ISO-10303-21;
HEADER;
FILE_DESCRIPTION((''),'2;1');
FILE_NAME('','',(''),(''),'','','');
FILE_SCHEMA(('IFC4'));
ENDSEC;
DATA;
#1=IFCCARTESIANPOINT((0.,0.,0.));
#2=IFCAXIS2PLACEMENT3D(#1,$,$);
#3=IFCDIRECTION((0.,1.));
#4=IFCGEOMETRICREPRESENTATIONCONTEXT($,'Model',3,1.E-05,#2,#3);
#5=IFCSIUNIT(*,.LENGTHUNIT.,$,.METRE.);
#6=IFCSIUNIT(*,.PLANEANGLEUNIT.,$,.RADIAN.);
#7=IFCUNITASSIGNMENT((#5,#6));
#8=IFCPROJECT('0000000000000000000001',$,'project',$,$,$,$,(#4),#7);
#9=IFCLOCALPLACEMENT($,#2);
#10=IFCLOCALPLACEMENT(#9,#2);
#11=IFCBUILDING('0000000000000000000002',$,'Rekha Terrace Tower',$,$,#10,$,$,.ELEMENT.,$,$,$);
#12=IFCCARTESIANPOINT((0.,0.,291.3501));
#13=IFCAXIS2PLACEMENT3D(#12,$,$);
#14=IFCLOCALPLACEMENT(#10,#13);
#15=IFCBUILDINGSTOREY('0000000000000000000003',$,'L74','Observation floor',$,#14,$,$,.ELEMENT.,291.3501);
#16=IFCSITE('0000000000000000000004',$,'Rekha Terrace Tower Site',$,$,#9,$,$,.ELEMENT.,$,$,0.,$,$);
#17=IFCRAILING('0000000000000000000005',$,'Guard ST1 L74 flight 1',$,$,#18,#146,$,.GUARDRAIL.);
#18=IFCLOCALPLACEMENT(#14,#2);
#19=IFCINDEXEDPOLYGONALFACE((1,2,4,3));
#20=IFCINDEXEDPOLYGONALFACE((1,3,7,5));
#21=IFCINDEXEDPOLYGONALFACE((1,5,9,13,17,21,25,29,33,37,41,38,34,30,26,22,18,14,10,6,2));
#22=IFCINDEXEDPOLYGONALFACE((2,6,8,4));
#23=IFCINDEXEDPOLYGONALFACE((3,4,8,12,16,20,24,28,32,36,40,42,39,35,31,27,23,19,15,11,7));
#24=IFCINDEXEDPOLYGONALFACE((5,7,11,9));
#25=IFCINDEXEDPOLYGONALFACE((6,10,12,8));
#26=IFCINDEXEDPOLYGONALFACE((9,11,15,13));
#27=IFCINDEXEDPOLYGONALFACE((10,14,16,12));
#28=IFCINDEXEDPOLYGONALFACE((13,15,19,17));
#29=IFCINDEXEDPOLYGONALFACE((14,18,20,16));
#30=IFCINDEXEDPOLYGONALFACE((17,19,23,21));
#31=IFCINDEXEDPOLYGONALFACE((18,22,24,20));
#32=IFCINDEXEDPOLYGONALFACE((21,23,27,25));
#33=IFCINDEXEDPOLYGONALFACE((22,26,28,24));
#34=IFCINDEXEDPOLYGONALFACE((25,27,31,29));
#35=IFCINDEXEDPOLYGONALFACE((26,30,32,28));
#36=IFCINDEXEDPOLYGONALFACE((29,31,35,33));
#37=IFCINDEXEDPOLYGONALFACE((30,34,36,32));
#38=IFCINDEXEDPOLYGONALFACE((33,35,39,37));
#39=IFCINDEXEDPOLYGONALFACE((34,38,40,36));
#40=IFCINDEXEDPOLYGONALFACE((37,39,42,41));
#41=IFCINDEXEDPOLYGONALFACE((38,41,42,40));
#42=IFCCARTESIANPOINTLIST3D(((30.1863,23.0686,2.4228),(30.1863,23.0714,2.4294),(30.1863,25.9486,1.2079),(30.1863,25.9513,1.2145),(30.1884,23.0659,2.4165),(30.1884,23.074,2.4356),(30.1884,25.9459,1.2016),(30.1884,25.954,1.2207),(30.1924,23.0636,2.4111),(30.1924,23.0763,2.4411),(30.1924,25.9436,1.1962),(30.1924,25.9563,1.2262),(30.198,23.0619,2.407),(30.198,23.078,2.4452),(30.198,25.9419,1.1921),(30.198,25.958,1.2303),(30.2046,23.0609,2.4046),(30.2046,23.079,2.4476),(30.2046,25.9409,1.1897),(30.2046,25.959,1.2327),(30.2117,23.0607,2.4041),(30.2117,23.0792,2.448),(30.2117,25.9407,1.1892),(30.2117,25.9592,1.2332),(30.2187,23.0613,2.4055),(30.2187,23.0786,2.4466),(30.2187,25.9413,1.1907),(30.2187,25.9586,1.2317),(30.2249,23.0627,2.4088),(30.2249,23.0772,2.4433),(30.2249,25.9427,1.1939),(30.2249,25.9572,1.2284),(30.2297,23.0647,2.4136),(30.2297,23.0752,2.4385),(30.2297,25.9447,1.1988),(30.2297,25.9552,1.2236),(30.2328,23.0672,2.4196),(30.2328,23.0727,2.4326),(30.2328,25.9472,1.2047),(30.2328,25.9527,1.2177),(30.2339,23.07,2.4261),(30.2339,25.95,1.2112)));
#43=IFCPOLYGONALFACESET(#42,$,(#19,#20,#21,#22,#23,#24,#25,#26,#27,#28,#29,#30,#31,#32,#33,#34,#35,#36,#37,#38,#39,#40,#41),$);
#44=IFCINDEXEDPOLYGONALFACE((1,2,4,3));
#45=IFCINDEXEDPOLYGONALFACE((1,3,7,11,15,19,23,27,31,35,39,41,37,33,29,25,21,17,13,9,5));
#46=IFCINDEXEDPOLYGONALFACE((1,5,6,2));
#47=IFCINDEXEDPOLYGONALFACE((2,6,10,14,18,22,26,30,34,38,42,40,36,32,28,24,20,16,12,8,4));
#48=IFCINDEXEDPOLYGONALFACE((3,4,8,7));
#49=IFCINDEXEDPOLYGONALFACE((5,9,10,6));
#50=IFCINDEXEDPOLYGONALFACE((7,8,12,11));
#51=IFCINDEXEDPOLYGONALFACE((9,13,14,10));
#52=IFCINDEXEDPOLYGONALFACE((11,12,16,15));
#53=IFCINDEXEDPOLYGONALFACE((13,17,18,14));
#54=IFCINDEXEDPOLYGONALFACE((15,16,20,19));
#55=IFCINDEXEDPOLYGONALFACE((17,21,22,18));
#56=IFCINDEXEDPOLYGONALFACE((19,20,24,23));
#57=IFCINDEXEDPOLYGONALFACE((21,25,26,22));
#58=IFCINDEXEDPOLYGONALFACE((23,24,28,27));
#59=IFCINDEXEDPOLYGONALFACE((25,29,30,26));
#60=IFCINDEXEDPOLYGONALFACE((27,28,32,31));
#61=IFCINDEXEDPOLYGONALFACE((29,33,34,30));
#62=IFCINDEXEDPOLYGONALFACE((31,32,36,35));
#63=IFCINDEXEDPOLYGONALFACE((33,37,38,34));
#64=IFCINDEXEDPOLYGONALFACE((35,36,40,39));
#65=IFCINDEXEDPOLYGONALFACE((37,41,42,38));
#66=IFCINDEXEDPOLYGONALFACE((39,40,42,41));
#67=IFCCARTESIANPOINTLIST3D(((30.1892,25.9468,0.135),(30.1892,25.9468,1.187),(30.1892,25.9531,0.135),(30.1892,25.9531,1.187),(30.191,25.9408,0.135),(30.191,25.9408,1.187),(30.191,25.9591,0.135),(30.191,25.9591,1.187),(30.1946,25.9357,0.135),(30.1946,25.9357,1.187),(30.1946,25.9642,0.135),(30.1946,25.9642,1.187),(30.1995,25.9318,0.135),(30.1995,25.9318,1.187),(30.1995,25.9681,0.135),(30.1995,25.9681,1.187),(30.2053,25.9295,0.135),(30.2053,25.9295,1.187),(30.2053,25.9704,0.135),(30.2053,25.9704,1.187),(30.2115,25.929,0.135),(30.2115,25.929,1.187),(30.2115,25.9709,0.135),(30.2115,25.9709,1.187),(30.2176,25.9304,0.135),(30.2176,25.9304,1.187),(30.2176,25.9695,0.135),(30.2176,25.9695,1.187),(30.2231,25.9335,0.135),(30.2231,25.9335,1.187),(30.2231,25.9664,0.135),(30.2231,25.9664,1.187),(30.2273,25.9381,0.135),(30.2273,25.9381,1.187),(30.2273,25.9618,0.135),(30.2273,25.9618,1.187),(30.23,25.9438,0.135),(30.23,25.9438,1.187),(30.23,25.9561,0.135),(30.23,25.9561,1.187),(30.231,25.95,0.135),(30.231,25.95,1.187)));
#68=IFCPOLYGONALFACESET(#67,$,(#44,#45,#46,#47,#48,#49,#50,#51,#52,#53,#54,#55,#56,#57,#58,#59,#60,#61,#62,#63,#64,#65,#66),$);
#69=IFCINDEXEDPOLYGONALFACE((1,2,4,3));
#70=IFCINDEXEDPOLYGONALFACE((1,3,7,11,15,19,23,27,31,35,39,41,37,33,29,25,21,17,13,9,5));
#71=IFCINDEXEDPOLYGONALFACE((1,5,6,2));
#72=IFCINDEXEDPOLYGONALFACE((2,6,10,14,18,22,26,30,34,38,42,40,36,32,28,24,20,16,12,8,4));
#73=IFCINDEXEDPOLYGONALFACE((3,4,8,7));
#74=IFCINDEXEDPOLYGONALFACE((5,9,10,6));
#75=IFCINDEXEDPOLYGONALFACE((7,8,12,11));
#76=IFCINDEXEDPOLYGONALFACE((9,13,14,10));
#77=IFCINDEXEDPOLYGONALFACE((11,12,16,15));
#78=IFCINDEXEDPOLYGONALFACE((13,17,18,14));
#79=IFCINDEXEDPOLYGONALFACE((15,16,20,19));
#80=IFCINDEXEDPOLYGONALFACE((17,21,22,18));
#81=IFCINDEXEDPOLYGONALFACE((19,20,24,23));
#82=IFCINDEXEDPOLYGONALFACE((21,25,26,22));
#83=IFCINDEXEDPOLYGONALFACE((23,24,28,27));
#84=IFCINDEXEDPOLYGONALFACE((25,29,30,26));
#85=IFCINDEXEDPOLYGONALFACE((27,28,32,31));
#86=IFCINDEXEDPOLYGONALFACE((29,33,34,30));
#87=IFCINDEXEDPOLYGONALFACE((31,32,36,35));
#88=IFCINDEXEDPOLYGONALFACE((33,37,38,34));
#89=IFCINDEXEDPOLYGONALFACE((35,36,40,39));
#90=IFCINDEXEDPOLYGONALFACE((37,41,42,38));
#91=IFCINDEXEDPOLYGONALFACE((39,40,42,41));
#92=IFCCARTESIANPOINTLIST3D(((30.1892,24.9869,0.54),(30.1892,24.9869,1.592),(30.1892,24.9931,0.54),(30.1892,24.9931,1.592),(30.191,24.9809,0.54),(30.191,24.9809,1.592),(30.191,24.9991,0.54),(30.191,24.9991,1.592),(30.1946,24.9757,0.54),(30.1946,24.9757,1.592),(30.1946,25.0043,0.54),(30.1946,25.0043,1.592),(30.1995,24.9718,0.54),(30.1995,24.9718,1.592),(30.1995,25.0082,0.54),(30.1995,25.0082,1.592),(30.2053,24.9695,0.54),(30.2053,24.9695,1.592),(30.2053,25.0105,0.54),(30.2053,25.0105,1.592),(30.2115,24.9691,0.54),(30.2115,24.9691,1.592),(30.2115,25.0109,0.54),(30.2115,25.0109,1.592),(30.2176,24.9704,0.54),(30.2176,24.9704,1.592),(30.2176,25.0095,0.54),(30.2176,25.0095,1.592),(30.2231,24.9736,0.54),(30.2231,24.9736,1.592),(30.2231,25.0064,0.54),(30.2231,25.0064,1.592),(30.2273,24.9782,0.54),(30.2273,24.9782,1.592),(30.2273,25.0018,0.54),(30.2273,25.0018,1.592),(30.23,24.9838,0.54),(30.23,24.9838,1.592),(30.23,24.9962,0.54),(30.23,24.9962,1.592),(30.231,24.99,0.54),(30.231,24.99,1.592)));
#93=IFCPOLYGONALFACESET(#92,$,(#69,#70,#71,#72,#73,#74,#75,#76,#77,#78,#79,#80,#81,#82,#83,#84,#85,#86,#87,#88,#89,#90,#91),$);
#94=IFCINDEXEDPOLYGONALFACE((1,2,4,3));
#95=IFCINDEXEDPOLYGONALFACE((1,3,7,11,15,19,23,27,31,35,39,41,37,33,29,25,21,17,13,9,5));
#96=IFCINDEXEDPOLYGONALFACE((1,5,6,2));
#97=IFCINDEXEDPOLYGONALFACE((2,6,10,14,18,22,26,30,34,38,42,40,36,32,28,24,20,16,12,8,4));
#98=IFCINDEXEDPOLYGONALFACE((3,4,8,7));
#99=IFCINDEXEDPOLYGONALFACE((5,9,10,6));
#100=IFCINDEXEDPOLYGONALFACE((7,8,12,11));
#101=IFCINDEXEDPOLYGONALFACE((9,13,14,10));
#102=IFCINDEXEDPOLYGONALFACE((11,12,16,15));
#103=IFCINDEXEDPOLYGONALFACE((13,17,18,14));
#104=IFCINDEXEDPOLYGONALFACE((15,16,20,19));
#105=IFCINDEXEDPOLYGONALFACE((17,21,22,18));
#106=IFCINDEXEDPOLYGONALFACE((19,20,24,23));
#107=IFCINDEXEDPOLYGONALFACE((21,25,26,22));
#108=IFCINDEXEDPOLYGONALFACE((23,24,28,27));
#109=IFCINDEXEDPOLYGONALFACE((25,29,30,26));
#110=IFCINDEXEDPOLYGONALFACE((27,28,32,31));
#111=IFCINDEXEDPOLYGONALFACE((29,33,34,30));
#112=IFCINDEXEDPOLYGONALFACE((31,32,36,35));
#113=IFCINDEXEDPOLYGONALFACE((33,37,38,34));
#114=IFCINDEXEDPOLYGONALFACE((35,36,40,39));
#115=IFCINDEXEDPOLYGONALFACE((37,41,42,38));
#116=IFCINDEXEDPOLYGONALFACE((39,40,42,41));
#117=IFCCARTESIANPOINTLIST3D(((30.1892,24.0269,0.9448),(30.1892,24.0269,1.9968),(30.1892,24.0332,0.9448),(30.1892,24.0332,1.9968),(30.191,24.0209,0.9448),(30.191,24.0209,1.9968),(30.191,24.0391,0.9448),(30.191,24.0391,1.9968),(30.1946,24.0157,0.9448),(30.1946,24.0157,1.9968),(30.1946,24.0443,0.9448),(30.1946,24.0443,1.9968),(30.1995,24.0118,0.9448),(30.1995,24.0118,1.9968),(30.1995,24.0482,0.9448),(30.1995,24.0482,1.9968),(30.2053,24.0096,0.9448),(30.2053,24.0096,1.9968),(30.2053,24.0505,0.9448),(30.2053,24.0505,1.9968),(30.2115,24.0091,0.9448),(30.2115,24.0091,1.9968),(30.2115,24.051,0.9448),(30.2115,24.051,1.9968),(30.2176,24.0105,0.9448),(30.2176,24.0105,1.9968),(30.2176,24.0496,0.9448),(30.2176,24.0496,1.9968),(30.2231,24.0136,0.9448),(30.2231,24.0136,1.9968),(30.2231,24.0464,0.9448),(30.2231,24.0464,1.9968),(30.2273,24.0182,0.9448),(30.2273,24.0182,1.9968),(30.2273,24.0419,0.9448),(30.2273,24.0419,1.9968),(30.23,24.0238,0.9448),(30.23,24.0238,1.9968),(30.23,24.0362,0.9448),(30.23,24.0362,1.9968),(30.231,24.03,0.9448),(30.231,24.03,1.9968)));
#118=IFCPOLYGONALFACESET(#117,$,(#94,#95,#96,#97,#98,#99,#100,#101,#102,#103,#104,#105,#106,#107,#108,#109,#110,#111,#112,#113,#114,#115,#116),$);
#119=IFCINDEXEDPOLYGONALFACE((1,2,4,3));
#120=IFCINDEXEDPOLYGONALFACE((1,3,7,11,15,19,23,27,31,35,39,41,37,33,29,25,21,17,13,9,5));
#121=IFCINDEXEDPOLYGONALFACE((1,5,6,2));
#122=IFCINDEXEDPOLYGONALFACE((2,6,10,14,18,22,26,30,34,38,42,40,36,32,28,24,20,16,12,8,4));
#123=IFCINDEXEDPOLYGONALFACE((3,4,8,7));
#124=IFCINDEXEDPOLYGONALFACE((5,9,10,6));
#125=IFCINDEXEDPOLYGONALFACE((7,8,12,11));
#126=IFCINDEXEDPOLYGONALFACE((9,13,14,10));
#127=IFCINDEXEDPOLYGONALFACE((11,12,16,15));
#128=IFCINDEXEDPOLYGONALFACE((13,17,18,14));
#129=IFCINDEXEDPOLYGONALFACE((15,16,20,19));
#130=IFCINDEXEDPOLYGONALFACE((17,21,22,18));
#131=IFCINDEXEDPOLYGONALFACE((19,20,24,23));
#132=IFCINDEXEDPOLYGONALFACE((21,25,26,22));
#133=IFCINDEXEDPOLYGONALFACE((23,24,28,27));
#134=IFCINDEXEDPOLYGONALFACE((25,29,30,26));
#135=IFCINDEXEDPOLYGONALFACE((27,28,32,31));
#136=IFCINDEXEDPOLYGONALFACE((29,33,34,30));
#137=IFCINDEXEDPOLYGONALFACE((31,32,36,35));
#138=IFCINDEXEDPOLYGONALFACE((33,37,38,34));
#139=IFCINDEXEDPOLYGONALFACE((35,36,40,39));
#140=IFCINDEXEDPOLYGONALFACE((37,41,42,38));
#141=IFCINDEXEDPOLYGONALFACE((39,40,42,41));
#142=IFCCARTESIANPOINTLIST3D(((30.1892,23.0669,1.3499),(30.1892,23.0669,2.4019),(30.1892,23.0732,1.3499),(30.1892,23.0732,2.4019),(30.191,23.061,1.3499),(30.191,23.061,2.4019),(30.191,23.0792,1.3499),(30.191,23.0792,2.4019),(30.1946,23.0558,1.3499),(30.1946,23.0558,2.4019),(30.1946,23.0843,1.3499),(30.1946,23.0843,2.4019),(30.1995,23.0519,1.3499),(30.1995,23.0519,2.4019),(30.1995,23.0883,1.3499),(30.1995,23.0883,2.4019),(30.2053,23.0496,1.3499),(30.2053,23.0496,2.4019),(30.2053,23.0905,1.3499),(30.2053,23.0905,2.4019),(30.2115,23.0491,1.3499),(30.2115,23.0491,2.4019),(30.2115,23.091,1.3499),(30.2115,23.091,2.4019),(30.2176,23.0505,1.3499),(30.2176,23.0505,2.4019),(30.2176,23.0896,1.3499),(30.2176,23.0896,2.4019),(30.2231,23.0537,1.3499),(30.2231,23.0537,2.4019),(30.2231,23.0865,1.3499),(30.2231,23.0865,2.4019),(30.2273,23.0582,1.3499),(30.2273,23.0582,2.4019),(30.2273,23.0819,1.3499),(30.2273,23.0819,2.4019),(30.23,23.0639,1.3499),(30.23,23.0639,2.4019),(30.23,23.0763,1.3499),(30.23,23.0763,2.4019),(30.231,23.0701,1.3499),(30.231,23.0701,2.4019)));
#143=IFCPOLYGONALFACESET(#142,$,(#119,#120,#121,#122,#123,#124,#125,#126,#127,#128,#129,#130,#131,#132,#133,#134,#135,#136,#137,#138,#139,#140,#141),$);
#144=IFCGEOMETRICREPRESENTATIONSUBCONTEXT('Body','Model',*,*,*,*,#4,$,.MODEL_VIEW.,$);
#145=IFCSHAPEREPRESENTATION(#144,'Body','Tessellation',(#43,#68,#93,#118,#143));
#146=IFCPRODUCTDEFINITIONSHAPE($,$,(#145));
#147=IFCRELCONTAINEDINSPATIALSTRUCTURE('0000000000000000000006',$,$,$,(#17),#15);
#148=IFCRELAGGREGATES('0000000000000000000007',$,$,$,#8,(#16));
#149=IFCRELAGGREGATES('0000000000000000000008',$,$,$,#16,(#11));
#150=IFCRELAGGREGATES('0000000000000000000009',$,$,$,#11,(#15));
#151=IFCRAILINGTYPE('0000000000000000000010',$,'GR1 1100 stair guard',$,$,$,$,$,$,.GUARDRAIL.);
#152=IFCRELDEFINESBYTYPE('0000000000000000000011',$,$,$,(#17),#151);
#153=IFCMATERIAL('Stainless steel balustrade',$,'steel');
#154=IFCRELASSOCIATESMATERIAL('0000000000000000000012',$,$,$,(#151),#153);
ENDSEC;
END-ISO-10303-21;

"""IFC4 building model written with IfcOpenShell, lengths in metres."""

from ifc_helpers import new_model, si_unit, direction, frame, origin, origin_2d, place, context, subcontext, project, spatial, circle, extrude, material, type_object, element, save


model = new_model("IFC4")

# Units and contexts
model_context = context("Model", 3, precision=1e-05, world=origin(), true_north=direction((0.0, 1.0)))
body_context = subcontext(model_context, "Body", "Model", "MODEL_VIEW")
ifc_project = project(units=[si_unit("LENGTHUNIT", "METRE"), si_unit("PLANEANGLEUNIT", "RADIAN")], contexts=[model_context])

# Site, building, storey
site_placement = place(None, origin())
site = spatial("IfcSite", under=ifc_project, at=site_placement, Name="Rekha Terrace Tower Site", CompositionType="ELEMENT", RefElevation=0.0)
building_placement = place(site_placement, origin())
building = spatial("IfcBuilding", under=site, at=building_placement, Name="Rekha Terrace Tower", CompositionType="ELEMENT")
storey_placement = place(building_placement, frame((0.0, 0.0, 291.3501)))
storey = spatial("IfcBuildingStorey", under=building, at=storey_placement, Name="L74", Description="Observation floor", CompositionType="ELEMENT", Elevation=291.3501)

# Railing
ifc_material_1 = material(Name="Stainless steel balustrade", Category="steel")
railing_type_1 = type_object("IfcRailingType", Name="GR1 1100 stair guard", PredefinedType="GUARDRAIL", material=ifc_material_1)
railing_1_placement = place(storey_placement, frame((30.21, 25.95, 0.135)))
element("IfcRailing", 1, at=railing_1_placement, inside=storey, type_object=railing_type_1, Name="Guard ST1 L74 flight 1", PredefinedType="GUARDRAIL", context=body_context, shape_type="SweptSolid", body=[
    extrude(circle(Radius=0.0239, at=origin_2d()), frame((0.0, 0.0, 1.0762), z_axis=(0.0, -0.921376, 0.388671), x_axis=(1.0, 0.0, 0.0)), (0.0, 0.0, 1.0), 3.1257),
    extrude(circle(Radius=0.021, at=origin_2d()), origin(), (0.0, 0.0, 1.0), 1.052),
    extrude(circle(Radius=0.021, at=origin_2d()), frame((0.0, -0.96, 0.405)), (0.0, 0.0, 1.0), 1.052),
    extrude(circle(Radius=0.021, at=origin_2d()), frame((0.0, -1.9199, 0.8098)), (0.0, 0.0, 1.0), 1.052),
    extrude(circle(Radius=0.021, at=origin_2d()), frame((0.0, -2.8799, 1.2148)), (0.0, 0.0, 1.0), 1.052),
])

save(model, "model.ifc")
